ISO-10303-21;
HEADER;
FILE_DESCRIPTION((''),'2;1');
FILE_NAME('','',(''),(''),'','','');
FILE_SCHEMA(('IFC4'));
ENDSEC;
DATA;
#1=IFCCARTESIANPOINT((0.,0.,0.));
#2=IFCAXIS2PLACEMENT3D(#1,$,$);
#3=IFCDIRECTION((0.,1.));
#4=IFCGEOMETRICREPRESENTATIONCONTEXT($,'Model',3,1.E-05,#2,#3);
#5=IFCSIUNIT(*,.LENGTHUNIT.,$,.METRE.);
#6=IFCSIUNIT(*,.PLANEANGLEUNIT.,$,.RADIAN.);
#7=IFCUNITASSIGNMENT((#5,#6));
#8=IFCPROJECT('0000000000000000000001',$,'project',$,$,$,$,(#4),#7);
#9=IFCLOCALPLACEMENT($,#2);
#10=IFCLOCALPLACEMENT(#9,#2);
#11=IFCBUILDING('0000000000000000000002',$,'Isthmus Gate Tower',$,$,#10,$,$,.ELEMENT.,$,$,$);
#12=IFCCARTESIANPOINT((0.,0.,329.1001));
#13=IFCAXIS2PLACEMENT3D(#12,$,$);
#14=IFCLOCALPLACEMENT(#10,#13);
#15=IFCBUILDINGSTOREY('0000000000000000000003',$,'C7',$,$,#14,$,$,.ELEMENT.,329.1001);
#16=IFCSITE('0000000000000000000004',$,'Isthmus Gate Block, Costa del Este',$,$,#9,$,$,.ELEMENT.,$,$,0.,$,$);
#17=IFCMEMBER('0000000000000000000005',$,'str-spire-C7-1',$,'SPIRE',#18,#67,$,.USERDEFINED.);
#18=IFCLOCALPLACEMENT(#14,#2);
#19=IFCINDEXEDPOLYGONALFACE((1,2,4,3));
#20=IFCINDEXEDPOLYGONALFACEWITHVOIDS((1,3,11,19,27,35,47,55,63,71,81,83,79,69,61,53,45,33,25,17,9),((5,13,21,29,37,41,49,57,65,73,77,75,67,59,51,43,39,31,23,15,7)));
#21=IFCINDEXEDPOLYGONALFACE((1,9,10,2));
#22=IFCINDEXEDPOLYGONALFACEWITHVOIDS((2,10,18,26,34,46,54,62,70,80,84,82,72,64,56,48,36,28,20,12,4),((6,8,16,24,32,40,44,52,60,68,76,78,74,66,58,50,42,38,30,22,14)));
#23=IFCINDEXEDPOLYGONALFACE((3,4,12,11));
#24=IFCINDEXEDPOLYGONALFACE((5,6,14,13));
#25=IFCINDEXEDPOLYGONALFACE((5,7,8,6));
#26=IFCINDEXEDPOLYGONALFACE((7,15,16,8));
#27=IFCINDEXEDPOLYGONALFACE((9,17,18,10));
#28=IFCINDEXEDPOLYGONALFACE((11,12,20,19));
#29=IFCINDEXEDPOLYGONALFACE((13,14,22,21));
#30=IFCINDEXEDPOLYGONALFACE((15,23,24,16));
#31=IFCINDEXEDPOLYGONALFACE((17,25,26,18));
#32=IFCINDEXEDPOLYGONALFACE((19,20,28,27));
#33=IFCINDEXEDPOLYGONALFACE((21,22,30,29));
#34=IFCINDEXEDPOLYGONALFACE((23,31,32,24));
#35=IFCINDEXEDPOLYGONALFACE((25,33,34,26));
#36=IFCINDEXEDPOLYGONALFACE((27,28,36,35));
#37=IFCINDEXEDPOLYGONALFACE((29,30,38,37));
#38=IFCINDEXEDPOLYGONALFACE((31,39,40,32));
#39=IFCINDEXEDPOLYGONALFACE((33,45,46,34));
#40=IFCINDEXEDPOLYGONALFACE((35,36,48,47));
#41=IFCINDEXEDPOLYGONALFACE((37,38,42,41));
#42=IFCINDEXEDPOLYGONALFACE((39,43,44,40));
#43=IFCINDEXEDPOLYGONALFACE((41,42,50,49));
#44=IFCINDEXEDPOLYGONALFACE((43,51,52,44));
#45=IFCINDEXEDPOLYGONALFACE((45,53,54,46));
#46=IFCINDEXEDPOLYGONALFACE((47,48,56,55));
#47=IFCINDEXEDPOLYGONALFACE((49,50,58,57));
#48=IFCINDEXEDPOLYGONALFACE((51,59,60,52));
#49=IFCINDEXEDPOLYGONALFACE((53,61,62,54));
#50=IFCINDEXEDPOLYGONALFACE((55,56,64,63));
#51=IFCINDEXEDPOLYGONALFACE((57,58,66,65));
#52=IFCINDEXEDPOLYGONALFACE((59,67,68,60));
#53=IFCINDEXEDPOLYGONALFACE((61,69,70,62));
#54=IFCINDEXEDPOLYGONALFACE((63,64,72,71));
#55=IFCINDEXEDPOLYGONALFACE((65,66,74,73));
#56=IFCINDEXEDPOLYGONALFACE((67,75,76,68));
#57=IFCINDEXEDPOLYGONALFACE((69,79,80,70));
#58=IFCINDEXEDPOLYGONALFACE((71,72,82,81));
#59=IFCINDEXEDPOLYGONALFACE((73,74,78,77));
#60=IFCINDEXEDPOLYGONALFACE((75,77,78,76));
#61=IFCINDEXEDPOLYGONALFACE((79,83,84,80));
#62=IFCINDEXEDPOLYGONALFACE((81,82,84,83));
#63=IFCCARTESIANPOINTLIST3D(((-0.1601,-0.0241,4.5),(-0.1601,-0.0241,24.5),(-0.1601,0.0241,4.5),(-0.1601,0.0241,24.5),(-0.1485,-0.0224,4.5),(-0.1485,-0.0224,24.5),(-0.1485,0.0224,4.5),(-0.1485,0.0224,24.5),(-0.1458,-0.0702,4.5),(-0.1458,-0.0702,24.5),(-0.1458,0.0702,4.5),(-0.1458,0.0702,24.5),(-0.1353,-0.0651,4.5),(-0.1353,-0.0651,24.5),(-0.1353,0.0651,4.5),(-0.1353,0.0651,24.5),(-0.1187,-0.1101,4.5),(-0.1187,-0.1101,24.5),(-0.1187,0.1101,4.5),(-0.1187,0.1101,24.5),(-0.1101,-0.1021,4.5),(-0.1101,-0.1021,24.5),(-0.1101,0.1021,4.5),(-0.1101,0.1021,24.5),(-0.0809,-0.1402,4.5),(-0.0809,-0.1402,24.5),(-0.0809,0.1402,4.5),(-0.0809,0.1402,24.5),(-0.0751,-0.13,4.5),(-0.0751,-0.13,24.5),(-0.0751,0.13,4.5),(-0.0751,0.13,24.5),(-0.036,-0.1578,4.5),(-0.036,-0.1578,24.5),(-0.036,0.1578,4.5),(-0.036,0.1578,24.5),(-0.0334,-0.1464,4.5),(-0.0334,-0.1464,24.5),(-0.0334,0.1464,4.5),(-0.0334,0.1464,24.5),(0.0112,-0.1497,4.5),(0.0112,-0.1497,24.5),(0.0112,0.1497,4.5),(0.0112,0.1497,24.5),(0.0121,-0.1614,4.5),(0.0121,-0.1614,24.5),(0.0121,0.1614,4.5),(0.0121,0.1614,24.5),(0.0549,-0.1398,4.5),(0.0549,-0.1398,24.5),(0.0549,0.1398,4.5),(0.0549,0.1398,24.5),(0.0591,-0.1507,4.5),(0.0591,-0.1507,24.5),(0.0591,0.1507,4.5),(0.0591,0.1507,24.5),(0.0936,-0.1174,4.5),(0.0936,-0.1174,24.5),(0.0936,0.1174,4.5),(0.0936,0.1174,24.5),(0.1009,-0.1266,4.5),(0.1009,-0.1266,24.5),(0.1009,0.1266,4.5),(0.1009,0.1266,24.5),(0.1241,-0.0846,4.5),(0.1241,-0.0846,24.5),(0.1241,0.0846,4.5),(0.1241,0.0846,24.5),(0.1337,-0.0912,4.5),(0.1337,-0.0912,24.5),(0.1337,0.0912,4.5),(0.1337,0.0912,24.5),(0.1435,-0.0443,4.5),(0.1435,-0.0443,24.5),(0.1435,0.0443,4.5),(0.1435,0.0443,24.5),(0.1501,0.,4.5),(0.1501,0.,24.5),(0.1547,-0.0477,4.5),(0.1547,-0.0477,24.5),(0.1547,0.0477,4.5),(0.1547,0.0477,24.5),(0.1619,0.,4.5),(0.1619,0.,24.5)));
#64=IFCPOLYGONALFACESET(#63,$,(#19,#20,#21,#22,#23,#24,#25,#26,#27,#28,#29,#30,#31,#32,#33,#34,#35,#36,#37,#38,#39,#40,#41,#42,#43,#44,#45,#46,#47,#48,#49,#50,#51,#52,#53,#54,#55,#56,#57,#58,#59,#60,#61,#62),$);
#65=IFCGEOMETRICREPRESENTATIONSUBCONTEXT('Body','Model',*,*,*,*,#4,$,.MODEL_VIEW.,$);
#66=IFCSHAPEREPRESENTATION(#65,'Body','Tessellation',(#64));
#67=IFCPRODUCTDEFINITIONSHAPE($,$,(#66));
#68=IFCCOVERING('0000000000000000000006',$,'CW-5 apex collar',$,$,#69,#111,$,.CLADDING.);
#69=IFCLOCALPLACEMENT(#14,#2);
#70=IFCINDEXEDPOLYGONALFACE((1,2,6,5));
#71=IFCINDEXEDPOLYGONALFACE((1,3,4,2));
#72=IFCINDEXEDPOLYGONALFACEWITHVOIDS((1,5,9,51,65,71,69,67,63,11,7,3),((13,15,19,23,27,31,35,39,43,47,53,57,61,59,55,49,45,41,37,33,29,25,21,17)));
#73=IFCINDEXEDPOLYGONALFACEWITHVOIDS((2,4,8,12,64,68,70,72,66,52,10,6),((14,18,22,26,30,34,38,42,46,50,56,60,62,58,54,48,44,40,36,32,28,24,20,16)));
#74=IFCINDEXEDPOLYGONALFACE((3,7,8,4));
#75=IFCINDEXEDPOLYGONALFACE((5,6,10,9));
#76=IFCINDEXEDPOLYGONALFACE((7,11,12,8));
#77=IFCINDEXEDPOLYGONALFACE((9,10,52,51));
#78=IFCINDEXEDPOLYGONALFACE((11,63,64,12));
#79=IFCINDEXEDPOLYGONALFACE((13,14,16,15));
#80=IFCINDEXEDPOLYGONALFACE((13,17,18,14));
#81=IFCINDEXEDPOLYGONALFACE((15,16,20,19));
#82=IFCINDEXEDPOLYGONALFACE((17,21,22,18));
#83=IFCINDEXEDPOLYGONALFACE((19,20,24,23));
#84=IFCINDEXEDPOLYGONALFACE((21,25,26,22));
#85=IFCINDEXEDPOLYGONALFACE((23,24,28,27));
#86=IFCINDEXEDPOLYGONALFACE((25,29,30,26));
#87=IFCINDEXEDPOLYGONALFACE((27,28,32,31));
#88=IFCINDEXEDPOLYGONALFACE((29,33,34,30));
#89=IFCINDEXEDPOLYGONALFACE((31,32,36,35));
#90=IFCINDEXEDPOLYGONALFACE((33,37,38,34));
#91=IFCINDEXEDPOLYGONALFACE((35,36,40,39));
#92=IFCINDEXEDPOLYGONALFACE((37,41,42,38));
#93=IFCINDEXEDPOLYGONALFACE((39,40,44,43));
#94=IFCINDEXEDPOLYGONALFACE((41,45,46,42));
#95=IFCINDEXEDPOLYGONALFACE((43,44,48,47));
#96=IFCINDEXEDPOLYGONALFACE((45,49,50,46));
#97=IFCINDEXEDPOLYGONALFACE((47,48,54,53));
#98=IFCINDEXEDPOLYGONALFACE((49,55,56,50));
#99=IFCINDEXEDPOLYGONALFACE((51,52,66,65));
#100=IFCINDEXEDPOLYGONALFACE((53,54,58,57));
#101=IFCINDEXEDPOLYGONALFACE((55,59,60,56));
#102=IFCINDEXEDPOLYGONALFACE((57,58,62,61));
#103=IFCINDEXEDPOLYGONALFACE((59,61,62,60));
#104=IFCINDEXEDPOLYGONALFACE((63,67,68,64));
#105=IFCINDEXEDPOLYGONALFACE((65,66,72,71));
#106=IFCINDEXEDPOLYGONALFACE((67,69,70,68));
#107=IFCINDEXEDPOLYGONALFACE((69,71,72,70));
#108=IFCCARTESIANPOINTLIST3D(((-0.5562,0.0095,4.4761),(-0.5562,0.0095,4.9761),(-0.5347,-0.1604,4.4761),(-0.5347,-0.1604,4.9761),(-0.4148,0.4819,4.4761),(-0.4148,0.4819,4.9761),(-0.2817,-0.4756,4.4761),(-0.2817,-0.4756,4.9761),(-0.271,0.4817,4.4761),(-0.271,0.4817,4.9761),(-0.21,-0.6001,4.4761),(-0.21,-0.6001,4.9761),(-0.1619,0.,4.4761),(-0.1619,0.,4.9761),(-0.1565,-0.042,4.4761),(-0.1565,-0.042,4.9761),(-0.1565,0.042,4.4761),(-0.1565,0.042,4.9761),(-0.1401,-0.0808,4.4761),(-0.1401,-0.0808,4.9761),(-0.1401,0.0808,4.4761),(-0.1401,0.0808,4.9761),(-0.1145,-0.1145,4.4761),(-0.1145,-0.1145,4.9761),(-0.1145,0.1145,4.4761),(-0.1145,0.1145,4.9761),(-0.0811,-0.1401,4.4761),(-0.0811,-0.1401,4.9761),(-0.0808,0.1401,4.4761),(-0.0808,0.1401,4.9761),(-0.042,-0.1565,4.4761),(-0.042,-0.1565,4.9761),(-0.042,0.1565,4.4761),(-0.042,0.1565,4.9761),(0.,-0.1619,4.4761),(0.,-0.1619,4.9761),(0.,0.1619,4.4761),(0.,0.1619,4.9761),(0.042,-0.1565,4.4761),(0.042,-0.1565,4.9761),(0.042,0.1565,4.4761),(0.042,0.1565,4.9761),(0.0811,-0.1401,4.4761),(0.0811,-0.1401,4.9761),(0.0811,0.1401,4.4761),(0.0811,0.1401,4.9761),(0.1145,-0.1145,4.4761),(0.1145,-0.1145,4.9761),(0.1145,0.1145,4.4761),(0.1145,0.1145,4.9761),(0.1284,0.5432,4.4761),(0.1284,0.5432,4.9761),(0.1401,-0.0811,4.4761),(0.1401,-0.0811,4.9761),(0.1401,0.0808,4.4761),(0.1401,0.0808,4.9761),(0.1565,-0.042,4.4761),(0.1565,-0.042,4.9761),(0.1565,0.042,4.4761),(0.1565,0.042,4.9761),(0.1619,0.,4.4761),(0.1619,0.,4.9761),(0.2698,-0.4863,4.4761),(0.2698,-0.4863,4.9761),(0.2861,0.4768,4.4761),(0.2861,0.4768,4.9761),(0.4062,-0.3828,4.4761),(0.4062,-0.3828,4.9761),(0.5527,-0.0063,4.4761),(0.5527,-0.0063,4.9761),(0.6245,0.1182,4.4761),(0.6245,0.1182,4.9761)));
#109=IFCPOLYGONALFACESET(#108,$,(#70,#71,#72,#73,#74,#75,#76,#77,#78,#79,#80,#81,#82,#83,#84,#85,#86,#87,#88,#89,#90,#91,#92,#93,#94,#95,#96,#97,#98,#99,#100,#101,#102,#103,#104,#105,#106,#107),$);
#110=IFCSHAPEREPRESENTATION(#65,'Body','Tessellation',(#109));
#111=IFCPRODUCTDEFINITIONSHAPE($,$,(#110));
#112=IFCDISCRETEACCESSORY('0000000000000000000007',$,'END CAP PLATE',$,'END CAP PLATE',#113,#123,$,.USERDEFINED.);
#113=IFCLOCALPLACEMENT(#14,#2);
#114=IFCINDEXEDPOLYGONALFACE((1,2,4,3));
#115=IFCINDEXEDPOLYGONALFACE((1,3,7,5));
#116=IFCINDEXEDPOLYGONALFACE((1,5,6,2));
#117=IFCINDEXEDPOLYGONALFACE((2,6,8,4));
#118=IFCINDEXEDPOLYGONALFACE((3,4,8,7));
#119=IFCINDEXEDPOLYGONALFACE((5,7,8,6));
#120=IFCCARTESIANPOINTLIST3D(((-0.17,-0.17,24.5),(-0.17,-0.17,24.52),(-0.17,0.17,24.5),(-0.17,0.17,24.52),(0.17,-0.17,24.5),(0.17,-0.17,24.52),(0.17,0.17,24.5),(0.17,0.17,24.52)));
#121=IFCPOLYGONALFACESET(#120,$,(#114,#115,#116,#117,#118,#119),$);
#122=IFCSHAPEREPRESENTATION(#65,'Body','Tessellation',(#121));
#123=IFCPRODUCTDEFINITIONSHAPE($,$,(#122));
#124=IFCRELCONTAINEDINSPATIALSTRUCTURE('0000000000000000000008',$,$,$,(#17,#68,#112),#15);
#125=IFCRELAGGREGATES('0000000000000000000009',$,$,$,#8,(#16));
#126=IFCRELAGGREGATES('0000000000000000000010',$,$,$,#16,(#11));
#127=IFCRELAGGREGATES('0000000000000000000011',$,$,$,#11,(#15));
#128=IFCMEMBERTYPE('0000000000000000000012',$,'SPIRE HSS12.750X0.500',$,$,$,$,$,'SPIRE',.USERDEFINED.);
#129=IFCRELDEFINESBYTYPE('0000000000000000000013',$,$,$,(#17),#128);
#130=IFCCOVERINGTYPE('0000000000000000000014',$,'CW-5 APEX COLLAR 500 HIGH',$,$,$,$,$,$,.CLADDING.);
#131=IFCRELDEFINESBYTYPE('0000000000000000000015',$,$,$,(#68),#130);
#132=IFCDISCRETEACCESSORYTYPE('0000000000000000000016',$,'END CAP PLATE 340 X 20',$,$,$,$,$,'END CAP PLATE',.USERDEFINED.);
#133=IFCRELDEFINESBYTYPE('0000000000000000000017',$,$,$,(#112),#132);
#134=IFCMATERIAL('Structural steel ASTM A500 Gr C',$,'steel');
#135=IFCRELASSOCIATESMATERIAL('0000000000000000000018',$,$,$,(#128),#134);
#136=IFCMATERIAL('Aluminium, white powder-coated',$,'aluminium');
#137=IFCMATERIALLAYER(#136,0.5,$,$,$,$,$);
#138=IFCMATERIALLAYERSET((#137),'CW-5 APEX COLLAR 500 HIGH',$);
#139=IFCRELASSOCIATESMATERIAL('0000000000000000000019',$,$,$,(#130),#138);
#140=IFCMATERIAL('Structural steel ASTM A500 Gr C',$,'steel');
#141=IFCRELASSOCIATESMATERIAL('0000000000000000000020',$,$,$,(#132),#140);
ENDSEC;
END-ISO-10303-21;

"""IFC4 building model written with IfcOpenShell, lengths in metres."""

from ifc_helpers import new_model, si_unit, direction, frame, origin, origin_2d, place, context, subcontext, project, spatial, polyline, rectangle, hollow_circle, outline, extrude, material, layer, layer_set, material_profile, profile_set, type_object, element, save


model = new_model("IFC4")

# Units and contexts
model_context = context("Model", 3, precision=1e-05, world=origin(), true_north=direction((0.0, 1.0)))
body_context = subcontext(model_context, "Body", "Model", "MODEL_VIEW")
ifc_project = project(units=[si_unit("LENGTHUNIT", "METRE"), si_unit("PLANEANGLEUNIT", "RADIAN")], contexts=[model_context])

# Site, building, storey
site_placement = place(None, origin())
site = spatial("IfcSite", under=ifc_project, at=site_placement, Name="Isthmus Gate Block, Costa del Este", CompositionType="ELEMENT", RefElevation=0.0)
building_placement = place(site_placement, origin())
building = spatial("IfcBuilding", under=site, at=building_placement, Name="Isthmus Gate Tower", CompositionType="ELEMENT")
storey_placement = place(building_placement, frame((0.0, 0.0, 329.1001)))
storey = spatial("IfcBuildingStorey", under=building, at=storey_placement, Name="C7", CompositionType="ELEMENT", Elevation=329.1001)

# Member
ifc_material_1 = material(Name="Structural steel ASTM A500 Gr C", Category="steel")
ifc_material_profile_1 = material_profile(ifc_material_1, hollow_circle(Radius=0.1619, WallThickness=0.0117, at=origin_2d()), Name="HSS12.750X0.500")
ifc_profile_set_1 = profile_set([ifc_material_profile_1], Name="Structural steel ASTM A500 Gr C")
member_type = type_object("IfcMemberType", Name="SPIRE HSS12.750X0.500", ElementType="SPIRE", PredefinedType="USERDEFINED", material=ifc_profile_set_1)
member_placement = place(storey_placement, frame((0.0, 0.0, 4.5), z_axis=(0.0, 0.0, 1.0), x_axis=(1.0, 0.0, 0.0)))
element("IfcMember", 1, at=member_placement, inside=storey, type_object=member_type, Name="str-spire-C7-1", ObjectType="SPIRE", PredefinedType="USERDEFINED", context=body_context, shape_type="SweptSolid", body=[
    extrude(hollow_circle(Radius=0.1619, WallThickness=0.0117, at=origin_2d()), origin(), (0.0, 0.0, 1.0), 20.0),
])

# Covering
ifc_material_2 = material(Name="Aluminium, white powder-coated", Category="aluminium")
ifc_layer = layer(ifc_material_2, 0.5)
ifc_layer_set = layer_set([ifc_layer], Name="CW-5 APEX COLLAR 500 HIGH")
covering_type = type_object("IfcCoveringType", Name="CW-5 APEX COLLAR 500 HIGH", PredefinedType="CLADDING", material=ifc_layer_set)
covering_placement = place(storey_placement, frame((0.0, 0.0, 4.4761)))
element("IfcCovering", 2, at=covering_placement, inside=storey, type_object=covering_type, Name="CW-5 apex collar", PredefinedType="CLADDING", context=body_context, shape_type="SweptSolid", body=[
    extrude(outline(polyline([(0.1284, 0.5432), (-0.271, 0.4817), (-0.4148, 0.4819), (-0.5562, 0.0095), (-0.5347, -0.1604), (-0.2817, -0.4756), (-0.21, -0.6001), (0.2698, -0.4863), (0.4062, -0.3828), (0.5527, -0.0063), (0.6245, 0.1182), (0.2861, 0.4768), (0.1284, 0.5432)]), holes=[polyline([(0.1619, 0.0), (0.1565, 0.042), (0.1401, 0.0808), (0.1145, 0.1145), (0.0811, 0.1401), (0.042, 0.1565), (0.0, 0.1619), (-0.042, 0.1565), (-0.0808, 0.1401), (-0.1145, 0.1145), (-0.1401, 0.0808), (-0.1565, 0.042), (-0.1619, 0.0), (-0.1565, -0.042), (-0.1401, -0.0808), (-0.1145, -0.1145), (-0.0811, -0.1401), (-0.042, -0.1565), (0.0, -0.1619), (0.042, -0.1565), (0.0811, -0.1401), (0.1145, -0.1145), (0.1401, -0.0811), (0.1565, -0.042), (0.1619, 0.0)])]), origin(), (0.0, 0.0, 1.0), 0.5),
])

# Discrete accessory
ifc_material_3 = material(Name="Structural steel ASTM A500 Gr C", Category="steel")
discrete_accessory_type = type_object("IfcDiscreteAccessoryType", Name="END CAP PLATE 340 X 20", ElementType="END CAP PLATE", PredefinedType="USERDEFINED", material=ifc_material_3)
discrete_accessory_placement = place(storey_placement, frame((0.0, 0.0, 24.5), z_axis=(0.0, 0.0, 1.0), x_axis=(1.0, 0.0, 0.0)))
element("IfcDiscreteAccessory", 3, at=discrete_accessory_placement, inside=storey, type_object=discrete_accessory_type, Name="END CAP PLATE", ObjectType="END CAP PLATE", PredefinedType="USERDEFINED", context=body_context, shape_type="SweptSolid", body=[
    extrude(rectangle(XDim=0.3401, YDim=0.3401, at=origin_2d()), origin(), (0.0, 0.0, 1.0), 0.02),
])

save(model, "model.ifc")
